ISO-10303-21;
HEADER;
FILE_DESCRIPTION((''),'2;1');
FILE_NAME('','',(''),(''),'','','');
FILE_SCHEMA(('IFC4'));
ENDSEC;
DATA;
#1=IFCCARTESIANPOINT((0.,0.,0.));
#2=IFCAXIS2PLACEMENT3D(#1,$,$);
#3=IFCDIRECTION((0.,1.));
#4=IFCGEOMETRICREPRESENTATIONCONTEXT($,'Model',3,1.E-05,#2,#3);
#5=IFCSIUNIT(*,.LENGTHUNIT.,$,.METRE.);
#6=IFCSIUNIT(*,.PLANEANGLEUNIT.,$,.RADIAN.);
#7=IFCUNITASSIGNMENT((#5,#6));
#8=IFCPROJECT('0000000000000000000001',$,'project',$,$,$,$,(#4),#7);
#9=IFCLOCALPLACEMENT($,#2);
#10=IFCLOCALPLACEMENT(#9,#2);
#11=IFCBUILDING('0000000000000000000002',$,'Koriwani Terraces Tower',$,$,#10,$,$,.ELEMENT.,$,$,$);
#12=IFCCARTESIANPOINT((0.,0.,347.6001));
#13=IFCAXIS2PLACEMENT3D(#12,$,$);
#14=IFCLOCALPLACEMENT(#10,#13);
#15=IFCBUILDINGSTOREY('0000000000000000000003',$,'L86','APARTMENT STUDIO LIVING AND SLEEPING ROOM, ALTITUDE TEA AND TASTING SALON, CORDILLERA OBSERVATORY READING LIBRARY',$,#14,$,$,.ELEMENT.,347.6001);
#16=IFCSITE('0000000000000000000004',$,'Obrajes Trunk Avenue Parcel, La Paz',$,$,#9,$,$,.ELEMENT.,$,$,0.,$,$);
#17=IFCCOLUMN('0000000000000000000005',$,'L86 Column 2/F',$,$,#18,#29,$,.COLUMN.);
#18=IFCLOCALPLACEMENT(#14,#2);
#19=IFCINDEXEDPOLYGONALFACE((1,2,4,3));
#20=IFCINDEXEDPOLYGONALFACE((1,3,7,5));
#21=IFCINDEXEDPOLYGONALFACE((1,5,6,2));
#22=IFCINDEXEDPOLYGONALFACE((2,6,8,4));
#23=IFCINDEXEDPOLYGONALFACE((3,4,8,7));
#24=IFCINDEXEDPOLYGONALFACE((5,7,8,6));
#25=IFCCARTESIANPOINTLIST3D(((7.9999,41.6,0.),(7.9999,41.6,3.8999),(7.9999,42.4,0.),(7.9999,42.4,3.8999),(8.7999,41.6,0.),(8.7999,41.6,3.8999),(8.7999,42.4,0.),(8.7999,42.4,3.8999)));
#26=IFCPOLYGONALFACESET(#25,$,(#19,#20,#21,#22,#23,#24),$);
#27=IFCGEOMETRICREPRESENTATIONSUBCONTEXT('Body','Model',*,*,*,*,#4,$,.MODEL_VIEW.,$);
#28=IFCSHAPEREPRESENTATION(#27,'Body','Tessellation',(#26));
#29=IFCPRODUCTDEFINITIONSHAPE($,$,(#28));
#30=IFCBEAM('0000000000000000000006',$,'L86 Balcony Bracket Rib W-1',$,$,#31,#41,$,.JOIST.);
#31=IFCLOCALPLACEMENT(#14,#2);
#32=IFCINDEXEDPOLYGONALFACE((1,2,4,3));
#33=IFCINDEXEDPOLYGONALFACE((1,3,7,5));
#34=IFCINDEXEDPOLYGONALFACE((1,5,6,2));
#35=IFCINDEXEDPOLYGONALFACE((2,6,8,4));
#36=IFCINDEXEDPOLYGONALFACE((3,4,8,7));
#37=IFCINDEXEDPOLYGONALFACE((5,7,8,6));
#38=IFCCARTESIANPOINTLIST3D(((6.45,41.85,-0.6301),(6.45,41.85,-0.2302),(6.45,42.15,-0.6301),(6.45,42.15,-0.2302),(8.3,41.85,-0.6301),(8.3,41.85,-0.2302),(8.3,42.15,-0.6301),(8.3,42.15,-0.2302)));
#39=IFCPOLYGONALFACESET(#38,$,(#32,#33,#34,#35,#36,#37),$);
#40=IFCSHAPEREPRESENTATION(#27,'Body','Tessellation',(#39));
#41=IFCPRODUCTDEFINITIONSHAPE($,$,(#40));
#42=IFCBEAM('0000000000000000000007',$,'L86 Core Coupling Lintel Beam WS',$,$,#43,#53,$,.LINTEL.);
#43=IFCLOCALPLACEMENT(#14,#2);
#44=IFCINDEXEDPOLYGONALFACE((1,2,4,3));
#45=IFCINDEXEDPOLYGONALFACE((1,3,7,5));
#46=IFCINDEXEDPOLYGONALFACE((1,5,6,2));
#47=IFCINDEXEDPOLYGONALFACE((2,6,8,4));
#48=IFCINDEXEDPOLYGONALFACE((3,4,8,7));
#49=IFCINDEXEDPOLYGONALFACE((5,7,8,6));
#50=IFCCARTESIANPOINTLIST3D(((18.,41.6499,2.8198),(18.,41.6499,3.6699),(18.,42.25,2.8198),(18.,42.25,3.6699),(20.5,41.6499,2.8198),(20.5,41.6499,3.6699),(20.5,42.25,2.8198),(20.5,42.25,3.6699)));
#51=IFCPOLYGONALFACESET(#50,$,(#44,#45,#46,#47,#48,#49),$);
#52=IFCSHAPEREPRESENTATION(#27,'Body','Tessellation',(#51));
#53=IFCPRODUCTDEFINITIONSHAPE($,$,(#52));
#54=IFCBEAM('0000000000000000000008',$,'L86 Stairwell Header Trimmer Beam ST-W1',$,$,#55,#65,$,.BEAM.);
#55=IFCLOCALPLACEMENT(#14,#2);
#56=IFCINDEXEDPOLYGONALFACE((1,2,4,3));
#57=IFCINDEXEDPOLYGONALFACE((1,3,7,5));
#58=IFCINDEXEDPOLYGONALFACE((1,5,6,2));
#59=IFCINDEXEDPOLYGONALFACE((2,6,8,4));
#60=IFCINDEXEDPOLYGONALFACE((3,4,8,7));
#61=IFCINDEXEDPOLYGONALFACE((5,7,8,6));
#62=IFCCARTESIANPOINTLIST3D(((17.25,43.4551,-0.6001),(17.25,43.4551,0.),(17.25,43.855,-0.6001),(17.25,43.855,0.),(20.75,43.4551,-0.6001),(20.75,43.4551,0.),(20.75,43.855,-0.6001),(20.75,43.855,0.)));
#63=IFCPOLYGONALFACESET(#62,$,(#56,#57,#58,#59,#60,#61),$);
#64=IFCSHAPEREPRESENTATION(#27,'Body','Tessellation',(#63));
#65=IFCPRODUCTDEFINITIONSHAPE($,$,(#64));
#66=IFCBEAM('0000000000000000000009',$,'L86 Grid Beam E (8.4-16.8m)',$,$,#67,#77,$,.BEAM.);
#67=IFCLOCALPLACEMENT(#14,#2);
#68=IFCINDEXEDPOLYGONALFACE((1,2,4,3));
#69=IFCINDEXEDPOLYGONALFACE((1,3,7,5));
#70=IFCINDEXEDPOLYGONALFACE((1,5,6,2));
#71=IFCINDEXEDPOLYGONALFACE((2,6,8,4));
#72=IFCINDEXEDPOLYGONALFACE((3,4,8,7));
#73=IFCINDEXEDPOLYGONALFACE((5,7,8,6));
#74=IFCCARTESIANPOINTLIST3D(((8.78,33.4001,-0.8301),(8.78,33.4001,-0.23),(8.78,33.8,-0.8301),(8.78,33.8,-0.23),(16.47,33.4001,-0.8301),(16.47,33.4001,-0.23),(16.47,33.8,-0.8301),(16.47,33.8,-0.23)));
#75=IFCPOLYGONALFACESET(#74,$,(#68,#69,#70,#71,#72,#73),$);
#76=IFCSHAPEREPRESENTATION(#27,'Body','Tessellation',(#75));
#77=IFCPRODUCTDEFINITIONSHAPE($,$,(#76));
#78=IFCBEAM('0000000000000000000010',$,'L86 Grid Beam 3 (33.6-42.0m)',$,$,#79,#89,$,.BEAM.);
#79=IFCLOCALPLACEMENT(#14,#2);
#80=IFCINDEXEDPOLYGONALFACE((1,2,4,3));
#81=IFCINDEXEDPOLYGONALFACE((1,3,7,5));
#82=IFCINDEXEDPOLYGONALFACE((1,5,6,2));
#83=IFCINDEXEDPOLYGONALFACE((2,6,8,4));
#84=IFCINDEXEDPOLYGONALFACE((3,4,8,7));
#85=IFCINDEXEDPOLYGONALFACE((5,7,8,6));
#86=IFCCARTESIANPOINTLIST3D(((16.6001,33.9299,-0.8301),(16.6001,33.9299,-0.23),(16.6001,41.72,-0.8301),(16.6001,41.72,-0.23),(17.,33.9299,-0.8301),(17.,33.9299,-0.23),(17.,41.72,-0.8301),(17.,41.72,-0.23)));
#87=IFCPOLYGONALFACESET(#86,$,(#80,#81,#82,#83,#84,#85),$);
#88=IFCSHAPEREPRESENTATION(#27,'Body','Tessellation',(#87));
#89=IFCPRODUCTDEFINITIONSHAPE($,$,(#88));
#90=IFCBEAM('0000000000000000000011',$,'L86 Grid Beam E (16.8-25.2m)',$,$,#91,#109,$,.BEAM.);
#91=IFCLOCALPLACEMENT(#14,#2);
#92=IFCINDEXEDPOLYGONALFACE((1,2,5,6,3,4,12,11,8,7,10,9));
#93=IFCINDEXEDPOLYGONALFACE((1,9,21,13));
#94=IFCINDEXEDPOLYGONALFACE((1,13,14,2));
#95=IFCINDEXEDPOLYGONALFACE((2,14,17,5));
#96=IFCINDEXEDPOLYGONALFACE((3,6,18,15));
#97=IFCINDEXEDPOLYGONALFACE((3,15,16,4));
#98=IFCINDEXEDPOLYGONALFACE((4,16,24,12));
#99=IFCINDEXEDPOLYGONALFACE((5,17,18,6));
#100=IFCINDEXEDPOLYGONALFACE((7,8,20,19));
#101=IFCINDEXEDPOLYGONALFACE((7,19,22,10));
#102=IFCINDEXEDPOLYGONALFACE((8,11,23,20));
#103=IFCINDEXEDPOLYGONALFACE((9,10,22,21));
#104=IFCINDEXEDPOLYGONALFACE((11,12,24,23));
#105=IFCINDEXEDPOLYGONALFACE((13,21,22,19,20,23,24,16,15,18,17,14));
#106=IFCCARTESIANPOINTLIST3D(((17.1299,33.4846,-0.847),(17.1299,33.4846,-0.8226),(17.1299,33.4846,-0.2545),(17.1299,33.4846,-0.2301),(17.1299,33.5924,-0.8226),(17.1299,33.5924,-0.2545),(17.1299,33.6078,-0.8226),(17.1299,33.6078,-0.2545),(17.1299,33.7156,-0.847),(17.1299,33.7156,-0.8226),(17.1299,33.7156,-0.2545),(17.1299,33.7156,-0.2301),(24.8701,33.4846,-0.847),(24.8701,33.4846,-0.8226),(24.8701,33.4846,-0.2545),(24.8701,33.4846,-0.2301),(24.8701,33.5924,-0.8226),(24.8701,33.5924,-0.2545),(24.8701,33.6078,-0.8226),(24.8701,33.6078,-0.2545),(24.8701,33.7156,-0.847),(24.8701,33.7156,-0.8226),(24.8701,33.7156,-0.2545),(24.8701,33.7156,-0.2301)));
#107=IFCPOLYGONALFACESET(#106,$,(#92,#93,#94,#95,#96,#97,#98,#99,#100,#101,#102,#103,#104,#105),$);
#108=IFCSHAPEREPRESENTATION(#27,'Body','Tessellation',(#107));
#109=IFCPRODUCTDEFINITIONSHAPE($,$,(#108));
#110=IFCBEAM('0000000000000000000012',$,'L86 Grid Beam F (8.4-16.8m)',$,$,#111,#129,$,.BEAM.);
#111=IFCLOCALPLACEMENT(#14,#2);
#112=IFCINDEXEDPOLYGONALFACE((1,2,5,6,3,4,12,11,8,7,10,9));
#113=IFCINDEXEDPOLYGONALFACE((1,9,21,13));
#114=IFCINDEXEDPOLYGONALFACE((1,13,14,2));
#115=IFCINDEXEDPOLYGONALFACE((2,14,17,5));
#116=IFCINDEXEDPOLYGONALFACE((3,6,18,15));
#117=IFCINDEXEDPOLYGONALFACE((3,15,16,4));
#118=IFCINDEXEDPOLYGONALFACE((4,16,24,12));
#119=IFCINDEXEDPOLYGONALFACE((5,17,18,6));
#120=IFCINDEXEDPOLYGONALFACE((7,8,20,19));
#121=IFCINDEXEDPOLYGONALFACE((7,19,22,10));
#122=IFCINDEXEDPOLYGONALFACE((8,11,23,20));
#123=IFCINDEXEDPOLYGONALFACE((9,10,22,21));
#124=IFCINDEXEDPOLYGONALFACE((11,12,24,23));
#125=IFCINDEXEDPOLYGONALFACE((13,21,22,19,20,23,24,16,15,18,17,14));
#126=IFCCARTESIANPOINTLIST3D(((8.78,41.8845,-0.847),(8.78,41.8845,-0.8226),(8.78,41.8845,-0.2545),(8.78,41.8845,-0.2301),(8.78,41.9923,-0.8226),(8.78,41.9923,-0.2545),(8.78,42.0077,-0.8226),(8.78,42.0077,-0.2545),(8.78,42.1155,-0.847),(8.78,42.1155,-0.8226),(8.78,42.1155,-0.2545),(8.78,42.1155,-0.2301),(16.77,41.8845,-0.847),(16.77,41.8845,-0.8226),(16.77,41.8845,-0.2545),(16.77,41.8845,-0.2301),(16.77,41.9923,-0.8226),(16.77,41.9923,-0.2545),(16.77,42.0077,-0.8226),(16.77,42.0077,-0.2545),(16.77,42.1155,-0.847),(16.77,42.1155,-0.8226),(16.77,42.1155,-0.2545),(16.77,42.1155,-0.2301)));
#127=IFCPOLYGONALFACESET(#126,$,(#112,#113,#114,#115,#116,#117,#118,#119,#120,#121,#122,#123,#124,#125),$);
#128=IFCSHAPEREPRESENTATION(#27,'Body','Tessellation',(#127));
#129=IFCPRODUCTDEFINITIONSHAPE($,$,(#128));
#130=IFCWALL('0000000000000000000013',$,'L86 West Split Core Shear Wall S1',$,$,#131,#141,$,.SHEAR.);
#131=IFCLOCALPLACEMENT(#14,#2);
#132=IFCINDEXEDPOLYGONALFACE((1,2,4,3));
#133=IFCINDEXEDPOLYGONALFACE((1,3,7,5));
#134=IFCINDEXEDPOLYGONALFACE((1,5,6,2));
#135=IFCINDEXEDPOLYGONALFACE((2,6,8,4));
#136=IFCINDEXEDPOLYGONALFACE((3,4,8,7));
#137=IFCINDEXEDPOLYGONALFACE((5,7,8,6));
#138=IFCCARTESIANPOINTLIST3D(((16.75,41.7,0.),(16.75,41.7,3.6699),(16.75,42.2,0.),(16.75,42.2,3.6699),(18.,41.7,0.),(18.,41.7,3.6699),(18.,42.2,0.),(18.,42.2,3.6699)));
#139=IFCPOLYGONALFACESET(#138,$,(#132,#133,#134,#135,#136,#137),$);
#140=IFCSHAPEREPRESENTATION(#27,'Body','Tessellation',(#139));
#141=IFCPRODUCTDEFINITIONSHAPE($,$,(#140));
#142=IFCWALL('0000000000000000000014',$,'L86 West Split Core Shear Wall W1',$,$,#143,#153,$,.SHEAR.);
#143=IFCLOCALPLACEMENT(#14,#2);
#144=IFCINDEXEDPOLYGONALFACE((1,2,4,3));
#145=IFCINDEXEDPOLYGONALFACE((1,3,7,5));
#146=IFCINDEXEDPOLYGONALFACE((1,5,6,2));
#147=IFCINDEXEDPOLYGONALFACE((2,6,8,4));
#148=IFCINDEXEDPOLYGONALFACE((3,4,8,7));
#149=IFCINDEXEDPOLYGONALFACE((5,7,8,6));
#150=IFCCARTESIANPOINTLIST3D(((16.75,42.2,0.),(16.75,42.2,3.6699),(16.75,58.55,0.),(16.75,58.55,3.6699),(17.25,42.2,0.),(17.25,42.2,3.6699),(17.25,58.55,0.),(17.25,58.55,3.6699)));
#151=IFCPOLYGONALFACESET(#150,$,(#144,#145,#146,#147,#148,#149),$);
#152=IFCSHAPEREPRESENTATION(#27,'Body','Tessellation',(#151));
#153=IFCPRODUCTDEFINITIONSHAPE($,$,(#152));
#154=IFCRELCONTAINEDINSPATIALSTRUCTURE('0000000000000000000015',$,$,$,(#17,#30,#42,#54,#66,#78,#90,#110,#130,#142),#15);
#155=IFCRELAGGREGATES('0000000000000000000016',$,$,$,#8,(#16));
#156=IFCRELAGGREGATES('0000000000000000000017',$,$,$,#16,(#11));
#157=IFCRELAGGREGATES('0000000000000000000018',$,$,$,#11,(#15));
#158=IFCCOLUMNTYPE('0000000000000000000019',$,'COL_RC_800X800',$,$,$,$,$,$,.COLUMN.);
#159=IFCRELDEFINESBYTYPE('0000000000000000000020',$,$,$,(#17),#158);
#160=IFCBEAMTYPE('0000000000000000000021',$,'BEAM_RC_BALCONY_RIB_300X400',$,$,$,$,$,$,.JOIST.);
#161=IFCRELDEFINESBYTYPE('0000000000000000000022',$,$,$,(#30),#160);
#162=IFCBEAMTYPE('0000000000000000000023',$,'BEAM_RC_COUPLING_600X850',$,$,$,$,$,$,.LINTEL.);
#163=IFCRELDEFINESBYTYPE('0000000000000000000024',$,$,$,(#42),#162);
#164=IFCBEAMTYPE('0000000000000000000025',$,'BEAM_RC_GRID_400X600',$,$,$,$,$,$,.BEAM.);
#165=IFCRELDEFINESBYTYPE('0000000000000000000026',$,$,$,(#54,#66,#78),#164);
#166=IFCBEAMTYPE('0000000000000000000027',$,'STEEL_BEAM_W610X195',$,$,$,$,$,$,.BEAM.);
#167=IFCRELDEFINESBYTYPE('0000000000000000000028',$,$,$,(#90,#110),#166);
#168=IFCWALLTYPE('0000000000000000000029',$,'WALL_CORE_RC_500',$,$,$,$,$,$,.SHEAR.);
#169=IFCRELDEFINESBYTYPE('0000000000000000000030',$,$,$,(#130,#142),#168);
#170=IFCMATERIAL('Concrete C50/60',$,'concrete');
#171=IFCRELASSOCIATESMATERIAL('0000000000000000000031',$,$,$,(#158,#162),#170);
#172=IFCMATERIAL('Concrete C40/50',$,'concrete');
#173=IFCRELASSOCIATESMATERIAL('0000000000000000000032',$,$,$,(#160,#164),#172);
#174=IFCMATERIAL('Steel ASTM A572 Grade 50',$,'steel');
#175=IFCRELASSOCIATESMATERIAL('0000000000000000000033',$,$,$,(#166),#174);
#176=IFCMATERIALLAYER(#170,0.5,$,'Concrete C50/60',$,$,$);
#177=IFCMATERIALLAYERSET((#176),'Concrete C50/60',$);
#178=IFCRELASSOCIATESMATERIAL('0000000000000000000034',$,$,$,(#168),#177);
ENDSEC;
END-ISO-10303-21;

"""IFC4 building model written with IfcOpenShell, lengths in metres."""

from ifc_helpers import new_model, si_unit, direction, frame, frame_2d, origin, origin_2d, place, context, subcontext, project, spatial, rectangle, i_section, extrude, material, layer, layer_set, material_profile, profile_set, type_object, element, save


model = new_model("IFC4")

# Units and contexts
model_context = context("Model", 3, precision=1e-05, world=origin(), true_north=direction((0.0, 1.0)))
body_context = subcontext(model_context, "Body", "Model", "MODEL_VIEW")
ifc_project = project(units=[si_unit("LENGTHUNIT", "METRE"), si_unit("PLANEANGLEUNIT", "RADIAN")], contexts=[model_context])

# Site, building, storey
site_placement = place(None, origin())
site = spatial("IfcSite", under=ifc_project, at=site_placement, Name="Obrajes Trunk Avenue Parcel, La Paz", CompositionType="ELEMENT", RefElevation=0.0)
building_placement = place(site_placement, origin())
building = spatial("IfcBuilding", under=site, at=building_placement, Name="Koriwani Terraces Tower", CompositionType="ELEMENT")
storey_placement = place(building_placement, frame((0.0, 0.0, 347.6001)))
storey = spatial("IfcBuildingStorey", under=building, at=storey_placement, Name="L86", Description="APARTMENT STUDIO LIVING AND SLEEPING ROOM, ALTITUDE TEA AND TASTING SALON, CORDILLERA OBSERVATORY READING LIBRARY", CompositionType="ELEMENT", Elevation=347.6001)

# Column
ifc_material_1 = material(Name="Concrete C50/60", Category="concrete")
ifc_material_profile_1 = material_profile(ifc_material_1, rectangle(XDim=0.8, YDim=0.8, at=origin_2d()), Name="Concrete C50/60", Category="LoadBearing")
ifc_profile_set_1 = profile_set([ifc_material_profile_1], Name="Concrete C50/60")
column_type = type_object("IfcColumnType", Name="COL_RC_800X800", PredefinedType="COLUMN", material=ifc_profile_set_1)
column_placement = place(storey_placement, frame((8.3999, 42.0, 0.0), z_axis=(0.0, 0.0, 1.0), x_axis=(1.0, 0.0, 0.0)))
element("IfcColumn", 1, at=column_placement, inside=storey, type_object=column_type, Name="L86 Column 2/F", PredefinedType="COLUMN", context=body_context, shape_type="SweptSolid", body=[
    extrude(rectangle(XDim=0.8, YDim=0.8, at=origin_2d()), origin(), (0.0, 0.0, 1.0), 3.8999),
])

# Beams
ifc_material_2 = material(Name="Concrete C40/50", Category="concrete")
ifc_material_profile_2 = material_profile(ifc_material_2, rectangle(XDim=0.3, YDim=0.3999, at=origin_2d()), Name="Concrete C40/50", Category="LoadBearing")
ifc_profile_set_2 = profile_set([ifc_material_profile_2], Name="Concrete C40/50")
beam_type_1 = type_object("IfcBeamType", Name="BEAM_RC_BALCONY_RIB_300X400", PredefinedType="JOIST", material=ifc_profile_set_2)
beam_1_placement = place(storey_placement, frame((6.45, 42.0, -0.4302), z_axis=(1.0, 0.0, 0.0), x_axis=(0.0, 1.0, 0.0)))
element("IfcBeam", 2, at=beam_1_placement, inside=storey, type_object=beam_type_1, Name="L86 Balcony Bracket Rib W-1", PredefinedType="JOIST", context=body_context, shape_type="SweptSolid", body=[
    extrude(rectangle(XDim=0.3, YDim=0.3999, at=origin_2d()), origin(), (0.0, 0.0, 1.0), 1.8501),
])
ifc_material_profile_3 = material_profile(ifc_material_1, rectangle(XDim=0.6001, YDim=0.8501, at=origin_2d()), Name="Concrete C50/60", Category="LoadBearing")
ifc_profile_set_3 = profile_set([ifc_material_profile_3], Name="Concrete C50/60")
beam_type_2 = type_object("IfcBeamType", Name="BEAM_RC_COUPLING_600X850", PredefinedType="LINTEL", material=ifc_profile_set_3)
beam_2_placement = place(storey_placement, frame((18.0, 41.95, 3.2449), z_axis=(1.0, 0.0, 0.0), x_axis=(0.0, 1.0, 0.0)))
element("IfcBeam", 3, at=beam_2_placement, inside=storey, type_object=beam_type_2, Name="L86 Core Coupling Lintel Beam WS", PredefinedType="LINTEL", context=body_context, shape_type="SweptSolid", body=[
    extrude(rectangle(XDim=0.6001, YDim=0.8501, at=origin_2d()), origin(), (0.0, 0.0, 1.0), 2.5),
])
ifc_material_profile_4 = material_profile(ifc_material_2, rectangle(XDim=0.3999, YDim=0.6001, at=origin_2d()), Name="Concrete C40/50", Category="LoadBearing")
ifc_profile_set_4 = profile_set([ifc_material_profile_4], Name="Concrete C40/50")
beam_type_3 = type_object("IfcBeamType", Name="BEAM_RC_GRID_400X600", PredefinedType="BEAM", material=ifc_profile_set_4)
beam_3_placement = place(storey_placement, frame((17.25, 43.655, -0.3), z_axis=(1.0, 0.0, 0.0), x_axis=(0.0, 1.0, 0.0)))
element("IfcBeam", 4, at=beam_3_placement, inside=storey, type_object=beam_type_3, Name="L86 Stairwell Header Trimmer Beam ST-W1", PredefinedType="BEAM", context=body_context, shape_type="SweptSolid", body=[
    extrude(rectangle(XDim=0.3999, YDim=0.6001, at=origin_2d()), origin(), (0.0, 0.0, 1.0), 3.5),
])
beam_4_placement = place(storey_placement, frame((8.78, 33.6001, -0.53), z_axis=(1.0, 0.0, 0.0), x_axis=(0.0, 1.0, 0.0)))
element("IfcBeam", 5, at=beam_4_placement, inside=storey, type_object=beam_type_3, Name="L86 Grid Beam E (8.4-16.8m)", PredefinedType="BEAM", context=body_context, shape_type="SweptSolid", body=[
    extrude(rectangle(XDim=0.3999, YDim=0.6001, at=origin_2d()), origin(), (0.0, 0.0, 1.0), 7.6899),
])
beam_5_placement = place(storey_placement, frame((16.8, 33.9299, -0.53), z_axis=(0.0, 1.0, 0.0), x_axis=(-1.0, 0.0, 0.0)))
element("IfcBeam", 6, at=beam_5_placement, inside=storey, type_object=beam_type_3, Name="L86 Grid Beam 3 (33.6-42.0m)", PredefinedType="BEAM", context=body_context, shape_type="SweptSolid", body=[
    extrude(rectangle(XDim=0.3999, YDim=0.6001, at=origin_2d()), origin(), (0.0, 0.0, 1.0), 7.79),
])
ifc_material_3 = material(Name="Steel ASTM A572 Grade 50", Category="steel")
ifc_material_profile_5 = material_profile(ifc_material_3, i_section(OverallWidth=0.231, OverallDepth=0.6169, WebThickness=0.0154, FlangeThickness=0.0244, at=origin_2d()), Name="Steel ASTM A572 Grade 50", Category="LoadBearing")
ifc_profile_set_5 = profile_set([ifc_material_profile_5], Name="Steel ASTM A572 Grade 50")
beam_type_4 = type_object("IfcBeamType", Name="STEEL_BEAM_W610X195", PredefinedType="BEAM", material=ifc_profile_set_5)
beam_6_placement = place(storey_placement, frame((17.1299, 33.6001, -0.5386), z_axis=(1.0, 0.0, 0.0), x_axis=(0.0, 1.0, 0.0)))
element("IfcBeam", 7, at=beam_6_placement, inside=storey, type_object=beam_type_4, Name="L86 Grid Beam E (16.8-25.2m)", PredefinedType="BEAM", context=body_context, shape_type="SweptSolid", body=[
    extrude(i_section(OverallWidth=0.231, OverallDepth=0.6169, WebThickness=0.0154, FlangeThickness=0.0244, at=origin_2d()), origin(), (0.0, 0.0, 1.0), 7.7402),
])
beam_7_placement = place(storey_placement, frame((8.78, 42.0, -0.5386), z_axis=(1.0, 0.0, 0.0), x_axis=(0.0, 1.0, 0.0)))
element("IfcBeam", 8, at=beam_7_placement, inside=storey, type_object=beam_type_4, Name="L86 Grid Beam F (8.4-16.8m)", PredefinedType="BEAM", context=body_context, shape_type="SweptSolid", body=[
    extrude(i_section(OverallWidth=0.231, OverallDepth=0.6169, WebThickness=0.0154, FlangeThickness=0.0244, at=origin_2d()), origin(), (0.0, 0.0, 1.0), 7.99),
])

# Walls
ifc_layer_1 = layer(ifc_material_1, 0.5, Name="Concrete C50/60")
ifc_layer_set_1 = layer_set([ifc_layer_1], Name="Concrete C50/60")
wall_type_1 = type_object("IfcWallType", Name="WALL_CORE_RC_500", PredefinedType="SHEAR", material=ifc_layer_set_1)
wall_1_placement = place(storey_placement, frame((16.75, 41.95, 0.0), z_axis=(0.0, 0.0, 1.0), x_axis=(1.0, 0.0, 0.0)))
element("IfcWall", 9, at=wall_1_placement, inside=storey, type_object=wall_type_1, Name="L86 West Split Core Shear Wall S1", PredefinedType="SHEAR", context=body_context, shape_type="SweptSolid", body=[
    extrude(rectangle(XDim=1.25, YDim=0.5, at=frame_2d((0.625, 0.0))), origin(), (0.0, 0.0, 1.0), 3.6699),
])
wall_2_placement = place(storey_placement, frame((17.0, 42.2, 0.0), z_axis=(0.0, 0.0, 1.0), x_axis=(0.0, 1.0, 0.0)))
element("IfcWall", 10, at=wall_2_placement, inside=storey, type_object=wall_type_1, Name="L86 West Split Core Shear Wall W1", PredefinedType="SHEAR", context=body_context, shape_type="SweptSolid", body=[
    extrude(rectangle(XDim=16.3501, YDim=0.5, at=frame_2d((8.175, 0.0))), origin(), (0.0, 0.0, 1.0), 3.6699),
])

save(model, "model.ifc")
